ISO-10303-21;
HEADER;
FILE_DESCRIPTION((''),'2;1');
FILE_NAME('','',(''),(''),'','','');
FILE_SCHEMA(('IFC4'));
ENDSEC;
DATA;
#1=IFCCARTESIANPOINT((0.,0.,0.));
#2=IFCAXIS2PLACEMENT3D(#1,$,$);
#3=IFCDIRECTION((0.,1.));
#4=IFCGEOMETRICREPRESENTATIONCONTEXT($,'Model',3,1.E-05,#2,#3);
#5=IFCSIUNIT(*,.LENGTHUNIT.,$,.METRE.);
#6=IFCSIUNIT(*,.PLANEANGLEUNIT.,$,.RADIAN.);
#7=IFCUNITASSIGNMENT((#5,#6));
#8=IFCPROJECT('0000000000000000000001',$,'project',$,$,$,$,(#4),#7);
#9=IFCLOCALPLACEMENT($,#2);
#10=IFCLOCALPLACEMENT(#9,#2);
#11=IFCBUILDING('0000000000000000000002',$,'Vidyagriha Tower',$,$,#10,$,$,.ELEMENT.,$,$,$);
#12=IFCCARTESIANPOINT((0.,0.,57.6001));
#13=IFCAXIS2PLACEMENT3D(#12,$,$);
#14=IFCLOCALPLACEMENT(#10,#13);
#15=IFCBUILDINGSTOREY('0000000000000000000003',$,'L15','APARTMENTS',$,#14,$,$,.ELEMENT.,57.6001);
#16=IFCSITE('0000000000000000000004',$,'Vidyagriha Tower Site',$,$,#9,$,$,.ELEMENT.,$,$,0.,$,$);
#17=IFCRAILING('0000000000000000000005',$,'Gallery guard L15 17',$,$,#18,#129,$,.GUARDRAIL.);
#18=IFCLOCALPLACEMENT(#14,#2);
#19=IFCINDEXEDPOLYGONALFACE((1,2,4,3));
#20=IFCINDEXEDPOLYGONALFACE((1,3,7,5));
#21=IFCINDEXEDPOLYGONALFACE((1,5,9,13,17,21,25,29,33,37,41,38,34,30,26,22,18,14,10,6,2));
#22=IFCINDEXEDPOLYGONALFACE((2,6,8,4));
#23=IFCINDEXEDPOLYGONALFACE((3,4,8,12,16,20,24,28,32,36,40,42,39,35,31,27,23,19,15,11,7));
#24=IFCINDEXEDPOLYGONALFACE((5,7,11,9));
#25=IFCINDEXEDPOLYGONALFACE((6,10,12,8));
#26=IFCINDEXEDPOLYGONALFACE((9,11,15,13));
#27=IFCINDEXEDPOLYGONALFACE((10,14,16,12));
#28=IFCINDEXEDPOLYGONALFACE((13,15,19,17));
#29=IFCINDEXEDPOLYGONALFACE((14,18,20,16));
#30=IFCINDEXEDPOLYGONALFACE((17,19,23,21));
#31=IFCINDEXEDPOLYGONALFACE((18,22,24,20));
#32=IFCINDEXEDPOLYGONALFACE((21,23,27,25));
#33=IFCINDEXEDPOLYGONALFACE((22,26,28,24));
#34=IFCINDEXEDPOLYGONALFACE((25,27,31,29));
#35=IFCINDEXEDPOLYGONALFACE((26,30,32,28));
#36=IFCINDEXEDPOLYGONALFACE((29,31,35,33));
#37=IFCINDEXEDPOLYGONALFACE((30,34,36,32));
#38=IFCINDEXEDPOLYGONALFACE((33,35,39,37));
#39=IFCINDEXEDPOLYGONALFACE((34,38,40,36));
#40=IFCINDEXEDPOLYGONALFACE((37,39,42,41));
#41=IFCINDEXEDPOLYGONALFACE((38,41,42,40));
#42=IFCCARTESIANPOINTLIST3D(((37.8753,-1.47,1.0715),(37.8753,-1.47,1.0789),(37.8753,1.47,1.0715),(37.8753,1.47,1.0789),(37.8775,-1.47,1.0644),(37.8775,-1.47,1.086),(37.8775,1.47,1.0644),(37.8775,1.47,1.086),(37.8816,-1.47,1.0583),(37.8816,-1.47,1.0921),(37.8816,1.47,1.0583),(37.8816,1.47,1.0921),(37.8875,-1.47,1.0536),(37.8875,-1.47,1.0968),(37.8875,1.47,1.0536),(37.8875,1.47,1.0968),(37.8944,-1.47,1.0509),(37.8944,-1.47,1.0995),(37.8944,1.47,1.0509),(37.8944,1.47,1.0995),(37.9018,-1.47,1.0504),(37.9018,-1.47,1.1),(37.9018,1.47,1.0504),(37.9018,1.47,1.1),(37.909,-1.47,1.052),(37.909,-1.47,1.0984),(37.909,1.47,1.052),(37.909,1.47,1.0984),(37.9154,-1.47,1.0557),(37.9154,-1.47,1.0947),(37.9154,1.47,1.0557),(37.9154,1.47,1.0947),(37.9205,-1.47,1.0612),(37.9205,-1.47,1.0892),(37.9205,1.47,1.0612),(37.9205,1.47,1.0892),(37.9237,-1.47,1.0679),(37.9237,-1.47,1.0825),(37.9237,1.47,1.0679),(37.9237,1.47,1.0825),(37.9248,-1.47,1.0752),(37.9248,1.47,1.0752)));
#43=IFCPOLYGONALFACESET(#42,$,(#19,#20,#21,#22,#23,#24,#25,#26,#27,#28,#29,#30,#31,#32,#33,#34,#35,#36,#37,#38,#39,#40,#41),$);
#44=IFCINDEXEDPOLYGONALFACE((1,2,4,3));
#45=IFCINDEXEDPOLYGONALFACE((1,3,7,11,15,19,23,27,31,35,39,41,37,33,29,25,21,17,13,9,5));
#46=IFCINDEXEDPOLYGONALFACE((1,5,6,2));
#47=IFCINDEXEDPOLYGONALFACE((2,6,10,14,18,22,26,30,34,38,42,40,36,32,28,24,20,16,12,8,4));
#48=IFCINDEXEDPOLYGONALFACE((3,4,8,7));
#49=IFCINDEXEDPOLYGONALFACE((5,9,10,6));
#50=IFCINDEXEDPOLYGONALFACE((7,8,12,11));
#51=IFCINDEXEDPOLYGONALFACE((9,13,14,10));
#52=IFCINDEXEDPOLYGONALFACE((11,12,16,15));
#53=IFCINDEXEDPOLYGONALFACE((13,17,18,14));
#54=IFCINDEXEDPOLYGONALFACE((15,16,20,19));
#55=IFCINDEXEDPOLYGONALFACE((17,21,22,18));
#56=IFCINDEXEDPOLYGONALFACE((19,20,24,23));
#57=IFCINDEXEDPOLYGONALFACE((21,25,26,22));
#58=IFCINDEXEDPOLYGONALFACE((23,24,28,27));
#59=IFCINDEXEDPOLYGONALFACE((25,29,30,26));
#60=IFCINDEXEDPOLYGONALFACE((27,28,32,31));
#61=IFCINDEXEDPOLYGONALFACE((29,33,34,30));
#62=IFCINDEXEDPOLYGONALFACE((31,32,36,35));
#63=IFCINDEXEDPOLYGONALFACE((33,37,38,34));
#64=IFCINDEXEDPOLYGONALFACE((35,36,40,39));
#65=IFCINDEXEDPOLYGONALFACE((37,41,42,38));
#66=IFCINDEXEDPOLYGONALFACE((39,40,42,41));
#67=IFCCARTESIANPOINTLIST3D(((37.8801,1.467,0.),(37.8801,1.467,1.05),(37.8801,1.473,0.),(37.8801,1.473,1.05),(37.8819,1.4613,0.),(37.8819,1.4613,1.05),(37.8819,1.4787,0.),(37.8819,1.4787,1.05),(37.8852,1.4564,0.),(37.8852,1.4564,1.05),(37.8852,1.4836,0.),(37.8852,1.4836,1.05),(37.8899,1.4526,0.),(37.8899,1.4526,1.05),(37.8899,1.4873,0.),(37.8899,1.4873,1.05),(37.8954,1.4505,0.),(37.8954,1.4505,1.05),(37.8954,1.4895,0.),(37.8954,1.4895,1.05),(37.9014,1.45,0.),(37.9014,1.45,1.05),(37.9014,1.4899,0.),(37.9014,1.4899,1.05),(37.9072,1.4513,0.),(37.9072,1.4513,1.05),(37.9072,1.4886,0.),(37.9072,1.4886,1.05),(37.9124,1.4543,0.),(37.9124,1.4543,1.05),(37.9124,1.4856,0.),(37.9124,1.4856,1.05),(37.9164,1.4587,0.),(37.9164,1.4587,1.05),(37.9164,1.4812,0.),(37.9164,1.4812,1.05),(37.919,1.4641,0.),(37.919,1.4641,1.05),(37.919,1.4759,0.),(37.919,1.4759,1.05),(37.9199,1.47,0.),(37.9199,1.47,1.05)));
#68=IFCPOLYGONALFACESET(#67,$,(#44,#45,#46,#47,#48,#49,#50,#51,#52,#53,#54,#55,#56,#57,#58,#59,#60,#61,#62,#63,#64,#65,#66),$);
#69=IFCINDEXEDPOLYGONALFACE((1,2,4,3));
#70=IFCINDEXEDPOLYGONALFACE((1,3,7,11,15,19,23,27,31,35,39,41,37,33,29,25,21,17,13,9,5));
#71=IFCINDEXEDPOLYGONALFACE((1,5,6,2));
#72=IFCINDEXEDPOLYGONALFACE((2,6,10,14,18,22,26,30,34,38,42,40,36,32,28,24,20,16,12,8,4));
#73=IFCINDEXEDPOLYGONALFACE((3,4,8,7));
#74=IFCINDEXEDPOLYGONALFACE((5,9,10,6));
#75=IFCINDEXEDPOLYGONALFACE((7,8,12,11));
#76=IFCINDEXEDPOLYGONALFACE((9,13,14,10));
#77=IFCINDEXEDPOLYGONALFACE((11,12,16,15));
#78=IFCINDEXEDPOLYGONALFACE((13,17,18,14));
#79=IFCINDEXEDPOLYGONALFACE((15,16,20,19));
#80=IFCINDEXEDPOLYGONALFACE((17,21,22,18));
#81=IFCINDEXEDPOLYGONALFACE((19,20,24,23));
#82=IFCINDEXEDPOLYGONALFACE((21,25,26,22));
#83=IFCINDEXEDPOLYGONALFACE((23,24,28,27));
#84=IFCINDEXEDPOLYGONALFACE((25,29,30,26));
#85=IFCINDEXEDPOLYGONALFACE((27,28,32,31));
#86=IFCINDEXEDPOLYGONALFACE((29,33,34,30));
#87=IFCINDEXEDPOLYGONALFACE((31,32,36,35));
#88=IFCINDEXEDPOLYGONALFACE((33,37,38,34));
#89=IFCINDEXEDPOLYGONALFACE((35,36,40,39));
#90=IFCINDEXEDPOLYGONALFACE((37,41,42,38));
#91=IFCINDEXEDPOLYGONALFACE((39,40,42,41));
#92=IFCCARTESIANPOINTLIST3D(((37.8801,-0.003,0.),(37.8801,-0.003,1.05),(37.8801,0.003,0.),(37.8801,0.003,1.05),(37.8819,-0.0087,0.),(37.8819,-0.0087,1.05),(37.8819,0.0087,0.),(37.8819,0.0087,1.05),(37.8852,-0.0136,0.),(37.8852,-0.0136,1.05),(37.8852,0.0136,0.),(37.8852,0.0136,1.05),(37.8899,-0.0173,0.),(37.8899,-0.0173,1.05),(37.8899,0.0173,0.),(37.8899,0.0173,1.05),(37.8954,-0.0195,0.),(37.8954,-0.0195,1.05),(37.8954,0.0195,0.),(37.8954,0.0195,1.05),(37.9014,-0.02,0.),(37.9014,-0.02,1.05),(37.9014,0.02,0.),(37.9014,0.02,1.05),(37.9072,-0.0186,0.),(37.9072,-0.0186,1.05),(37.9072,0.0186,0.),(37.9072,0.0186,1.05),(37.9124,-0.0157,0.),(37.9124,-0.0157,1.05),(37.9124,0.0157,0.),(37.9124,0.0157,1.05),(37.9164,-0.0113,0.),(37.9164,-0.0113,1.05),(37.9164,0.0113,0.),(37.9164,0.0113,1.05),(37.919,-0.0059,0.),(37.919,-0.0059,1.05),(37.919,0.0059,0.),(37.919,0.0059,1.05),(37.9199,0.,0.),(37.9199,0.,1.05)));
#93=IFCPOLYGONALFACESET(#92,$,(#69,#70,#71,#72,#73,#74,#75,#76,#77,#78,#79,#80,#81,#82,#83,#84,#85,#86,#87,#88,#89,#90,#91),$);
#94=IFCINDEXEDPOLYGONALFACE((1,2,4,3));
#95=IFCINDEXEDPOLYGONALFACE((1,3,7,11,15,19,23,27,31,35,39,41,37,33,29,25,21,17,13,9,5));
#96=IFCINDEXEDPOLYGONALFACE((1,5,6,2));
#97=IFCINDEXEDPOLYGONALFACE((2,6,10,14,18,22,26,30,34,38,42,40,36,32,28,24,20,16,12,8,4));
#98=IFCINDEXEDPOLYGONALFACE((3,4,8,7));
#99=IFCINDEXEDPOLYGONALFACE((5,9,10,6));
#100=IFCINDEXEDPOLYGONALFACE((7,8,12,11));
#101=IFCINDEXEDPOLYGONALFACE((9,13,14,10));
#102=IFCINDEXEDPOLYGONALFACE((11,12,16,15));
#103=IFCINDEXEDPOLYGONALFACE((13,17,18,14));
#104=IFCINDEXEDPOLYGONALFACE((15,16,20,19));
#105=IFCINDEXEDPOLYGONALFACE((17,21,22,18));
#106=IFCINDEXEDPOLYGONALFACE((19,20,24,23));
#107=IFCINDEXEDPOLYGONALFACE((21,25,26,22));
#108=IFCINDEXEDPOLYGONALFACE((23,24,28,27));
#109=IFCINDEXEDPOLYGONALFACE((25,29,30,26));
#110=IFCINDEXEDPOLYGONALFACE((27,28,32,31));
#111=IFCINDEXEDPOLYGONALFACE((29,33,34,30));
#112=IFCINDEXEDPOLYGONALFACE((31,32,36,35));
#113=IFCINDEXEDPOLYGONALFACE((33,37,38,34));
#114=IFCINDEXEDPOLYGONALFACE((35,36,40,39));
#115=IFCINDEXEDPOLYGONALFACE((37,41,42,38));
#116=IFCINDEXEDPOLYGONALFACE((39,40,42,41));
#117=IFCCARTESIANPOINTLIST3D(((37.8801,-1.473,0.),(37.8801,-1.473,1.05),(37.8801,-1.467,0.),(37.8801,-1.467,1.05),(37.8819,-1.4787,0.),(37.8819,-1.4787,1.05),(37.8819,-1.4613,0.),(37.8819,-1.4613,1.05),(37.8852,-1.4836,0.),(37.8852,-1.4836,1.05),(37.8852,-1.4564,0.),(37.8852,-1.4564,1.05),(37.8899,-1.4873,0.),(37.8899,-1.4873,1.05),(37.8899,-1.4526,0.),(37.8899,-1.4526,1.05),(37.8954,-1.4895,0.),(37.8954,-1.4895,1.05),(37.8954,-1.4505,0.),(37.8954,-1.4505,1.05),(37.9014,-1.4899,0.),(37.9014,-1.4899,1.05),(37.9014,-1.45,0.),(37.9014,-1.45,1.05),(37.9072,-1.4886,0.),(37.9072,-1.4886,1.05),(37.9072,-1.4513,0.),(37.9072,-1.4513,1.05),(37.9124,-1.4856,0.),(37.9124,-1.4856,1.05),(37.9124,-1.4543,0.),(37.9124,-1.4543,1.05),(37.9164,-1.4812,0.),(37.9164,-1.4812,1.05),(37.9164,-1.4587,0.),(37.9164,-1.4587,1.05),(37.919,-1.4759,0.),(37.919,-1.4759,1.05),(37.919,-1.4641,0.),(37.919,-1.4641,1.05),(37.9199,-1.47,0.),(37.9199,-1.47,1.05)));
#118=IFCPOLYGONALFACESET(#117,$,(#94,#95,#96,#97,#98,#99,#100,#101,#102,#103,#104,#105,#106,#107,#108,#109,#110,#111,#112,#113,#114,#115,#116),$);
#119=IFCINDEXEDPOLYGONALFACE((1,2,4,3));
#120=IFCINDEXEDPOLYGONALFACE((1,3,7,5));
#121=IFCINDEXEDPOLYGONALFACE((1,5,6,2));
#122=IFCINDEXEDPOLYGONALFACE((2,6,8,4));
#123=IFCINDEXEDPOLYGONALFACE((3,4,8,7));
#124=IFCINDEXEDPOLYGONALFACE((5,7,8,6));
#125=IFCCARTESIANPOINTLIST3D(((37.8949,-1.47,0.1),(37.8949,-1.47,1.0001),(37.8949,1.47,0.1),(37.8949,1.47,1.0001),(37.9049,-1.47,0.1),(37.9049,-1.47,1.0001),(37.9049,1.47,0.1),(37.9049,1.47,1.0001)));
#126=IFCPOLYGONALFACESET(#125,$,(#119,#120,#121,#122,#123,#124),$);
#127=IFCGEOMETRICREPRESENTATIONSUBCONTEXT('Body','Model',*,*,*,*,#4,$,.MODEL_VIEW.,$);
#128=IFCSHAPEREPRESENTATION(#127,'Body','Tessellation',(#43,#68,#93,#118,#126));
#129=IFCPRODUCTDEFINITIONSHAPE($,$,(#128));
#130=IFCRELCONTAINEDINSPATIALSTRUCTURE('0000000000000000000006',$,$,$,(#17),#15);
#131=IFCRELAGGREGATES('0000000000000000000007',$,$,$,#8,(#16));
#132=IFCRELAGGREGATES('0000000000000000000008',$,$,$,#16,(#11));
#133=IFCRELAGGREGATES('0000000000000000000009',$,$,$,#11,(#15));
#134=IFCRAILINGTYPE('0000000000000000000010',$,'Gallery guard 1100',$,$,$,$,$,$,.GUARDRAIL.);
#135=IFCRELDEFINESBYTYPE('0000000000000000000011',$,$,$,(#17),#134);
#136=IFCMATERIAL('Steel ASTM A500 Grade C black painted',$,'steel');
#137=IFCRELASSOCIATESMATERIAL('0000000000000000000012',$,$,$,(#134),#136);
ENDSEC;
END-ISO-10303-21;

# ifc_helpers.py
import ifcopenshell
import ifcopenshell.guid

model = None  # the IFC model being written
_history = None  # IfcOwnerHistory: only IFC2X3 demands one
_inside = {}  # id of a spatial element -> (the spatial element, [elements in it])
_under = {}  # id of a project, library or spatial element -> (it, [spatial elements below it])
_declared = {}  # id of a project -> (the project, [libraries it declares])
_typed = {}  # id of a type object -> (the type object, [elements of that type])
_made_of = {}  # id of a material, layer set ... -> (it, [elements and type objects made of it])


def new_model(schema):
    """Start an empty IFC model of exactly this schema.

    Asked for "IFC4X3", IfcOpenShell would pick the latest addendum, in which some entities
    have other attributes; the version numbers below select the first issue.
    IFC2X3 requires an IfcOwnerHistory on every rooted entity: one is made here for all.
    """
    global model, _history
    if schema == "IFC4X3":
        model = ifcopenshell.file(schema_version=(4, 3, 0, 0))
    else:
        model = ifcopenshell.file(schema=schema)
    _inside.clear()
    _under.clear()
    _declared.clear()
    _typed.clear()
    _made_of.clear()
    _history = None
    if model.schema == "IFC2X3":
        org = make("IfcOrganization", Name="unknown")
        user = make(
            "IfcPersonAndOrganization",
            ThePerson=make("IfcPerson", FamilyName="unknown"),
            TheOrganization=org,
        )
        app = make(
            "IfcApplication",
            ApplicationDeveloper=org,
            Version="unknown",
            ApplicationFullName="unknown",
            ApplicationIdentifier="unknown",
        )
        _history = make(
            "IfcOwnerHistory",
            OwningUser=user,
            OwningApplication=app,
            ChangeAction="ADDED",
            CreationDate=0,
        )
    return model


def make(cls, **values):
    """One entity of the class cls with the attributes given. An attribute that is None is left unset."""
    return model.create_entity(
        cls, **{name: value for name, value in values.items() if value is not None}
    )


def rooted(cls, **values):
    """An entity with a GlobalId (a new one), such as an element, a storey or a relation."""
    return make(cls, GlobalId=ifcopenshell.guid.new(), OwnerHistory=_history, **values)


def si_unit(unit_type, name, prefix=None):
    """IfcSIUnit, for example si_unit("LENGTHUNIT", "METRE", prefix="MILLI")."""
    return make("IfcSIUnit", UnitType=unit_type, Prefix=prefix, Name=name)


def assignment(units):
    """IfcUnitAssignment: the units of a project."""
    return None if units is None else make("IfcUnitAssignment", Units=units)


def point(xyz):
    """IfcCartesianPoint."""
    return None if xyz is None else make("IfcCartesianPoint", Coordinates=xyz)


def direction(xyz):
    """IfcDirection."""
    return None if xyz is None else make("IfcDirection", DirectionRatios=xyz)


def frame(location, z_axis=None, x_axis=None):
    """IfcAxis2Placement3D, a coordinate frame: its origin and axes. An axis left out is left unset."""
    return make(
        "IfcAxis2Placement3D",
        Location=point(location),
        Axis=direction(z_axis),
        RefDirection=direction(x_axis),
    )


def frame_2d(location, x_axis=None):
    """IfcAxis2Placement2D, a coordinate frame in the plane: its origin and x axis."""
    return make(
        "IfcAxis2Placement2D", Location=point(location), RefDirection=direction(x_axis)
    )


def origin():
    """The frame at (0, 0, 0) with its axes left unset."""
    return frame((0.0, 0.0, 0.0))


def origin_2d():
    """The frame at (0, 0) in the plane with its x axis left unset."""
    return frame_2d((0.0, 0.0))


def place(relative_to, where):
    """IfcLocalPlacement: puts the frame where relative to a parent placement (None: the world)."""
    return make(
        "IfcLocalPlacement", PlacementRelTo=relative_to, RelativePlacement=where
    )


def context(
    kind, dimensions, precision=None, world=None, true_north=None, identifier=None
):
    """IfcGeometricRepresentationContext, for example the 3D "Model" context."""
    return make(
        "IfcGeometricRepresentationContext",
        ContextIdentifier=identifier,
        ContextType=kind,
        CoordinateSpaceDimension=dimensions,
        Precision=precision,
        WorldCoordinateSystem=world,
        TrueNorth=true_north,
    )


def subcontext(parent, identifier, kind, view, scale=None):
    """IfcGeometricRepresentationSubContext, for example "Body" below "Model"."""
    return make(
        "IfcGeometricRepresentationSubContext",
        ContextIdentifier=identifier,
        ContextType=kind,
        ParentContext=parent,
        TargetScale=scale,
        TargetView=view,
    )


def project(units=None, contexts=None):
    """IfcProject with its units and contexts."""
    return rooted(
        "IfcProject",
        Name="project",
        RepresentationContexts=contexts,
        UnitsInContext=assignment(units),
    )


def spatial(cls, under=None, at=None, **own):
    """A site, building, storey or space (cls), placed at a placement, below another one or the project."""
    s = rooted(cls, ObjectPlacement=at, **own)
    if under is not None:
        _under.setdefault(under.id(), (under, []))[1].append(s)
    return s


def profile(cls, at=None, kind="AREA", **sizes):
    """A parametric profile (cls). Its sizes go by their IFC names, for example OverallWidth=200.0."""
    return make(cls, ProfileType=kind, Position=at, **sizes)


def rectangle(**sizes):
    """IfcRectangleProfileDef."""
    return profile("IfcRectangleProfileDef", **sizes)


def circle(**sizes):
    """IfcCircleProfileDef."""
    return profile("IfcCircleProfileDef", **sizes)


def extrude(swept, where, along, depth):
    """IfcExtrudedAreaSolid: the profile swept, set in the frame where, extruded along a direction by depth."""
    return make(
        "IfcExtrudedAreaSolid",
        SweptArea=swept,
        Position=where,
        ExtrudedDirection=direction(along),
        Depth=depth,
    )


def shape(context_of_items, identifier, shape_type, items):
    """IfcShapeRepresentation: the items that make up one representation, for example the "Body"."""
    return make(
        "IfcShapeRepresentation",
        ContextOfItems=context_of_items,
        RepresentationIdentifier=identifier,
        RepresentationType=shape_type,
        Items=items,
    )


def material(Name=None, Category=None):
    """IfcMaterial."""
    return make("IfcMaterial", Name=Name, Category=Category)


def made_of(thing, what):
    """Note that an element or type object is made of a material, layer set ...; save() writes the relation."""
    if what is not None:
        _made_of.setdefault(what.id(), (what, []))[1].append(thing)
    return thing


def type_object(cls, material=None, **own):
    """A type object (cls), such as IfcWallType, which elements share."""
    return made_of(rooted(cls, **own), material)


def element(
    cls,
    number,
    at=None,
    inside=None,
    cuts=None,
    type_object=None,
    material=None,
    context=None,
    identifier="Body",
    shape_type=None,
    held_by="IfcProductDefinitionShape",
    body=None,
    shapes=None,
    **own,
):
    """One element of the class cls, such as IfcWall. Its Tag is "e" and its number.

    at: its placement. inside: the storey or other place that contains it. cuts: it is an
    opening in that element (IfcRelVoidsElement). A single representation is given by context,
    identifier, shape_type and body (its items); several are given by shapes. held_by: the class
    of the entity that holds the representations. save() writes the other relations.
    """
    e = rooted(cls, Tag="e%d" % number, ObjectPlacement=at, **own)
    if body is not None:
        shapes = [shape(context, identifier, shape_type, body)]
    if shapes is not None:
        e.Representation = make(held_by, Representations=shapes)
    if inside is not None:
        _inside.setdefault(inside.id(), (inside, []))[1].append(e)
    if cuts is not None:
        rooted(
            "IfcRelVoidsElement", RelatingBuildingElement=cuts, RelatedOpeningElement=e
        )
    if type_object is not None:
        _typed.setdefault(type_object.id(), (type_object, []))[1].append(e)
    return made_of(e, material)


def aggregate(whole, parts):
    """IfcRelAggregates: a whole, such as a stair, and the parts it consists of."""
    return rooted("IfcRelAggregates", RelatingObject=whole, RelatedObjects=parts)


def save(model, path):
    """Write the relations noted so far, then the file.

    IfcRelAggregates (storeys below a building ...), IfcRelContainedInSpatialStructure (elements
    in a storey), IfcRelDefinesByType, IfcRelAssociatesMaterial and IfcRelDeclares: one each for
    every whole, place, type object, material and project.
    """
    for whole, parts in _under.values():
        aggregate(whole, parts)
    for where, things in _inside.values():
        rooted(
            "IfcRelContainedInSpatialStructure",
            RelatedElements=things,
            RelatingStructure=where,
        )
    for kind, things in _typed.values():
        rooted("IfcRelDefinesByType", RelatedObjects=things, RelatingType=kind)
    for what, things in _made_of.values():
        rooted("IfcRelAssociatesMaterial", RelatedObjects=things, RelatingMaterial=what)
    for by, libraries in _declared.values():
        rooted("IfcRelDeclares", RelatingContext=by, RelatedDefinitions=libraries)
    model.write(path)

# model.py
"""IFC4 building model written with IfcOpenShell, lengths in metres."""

from ifc_helpers import new_model, si_unit, direction, frame, origin, origin_2d, place, context, subcontext, project, spatial, rectangle, circle, extrude, material, type_object, element, save


model = new_model("IFC4")

# Units and contexts
model_context = context("Model", 3, precision=1e-05, world=origin(), true_north=direction((0.0, 1.0)))
body_context = subcontext(model_context, "Body", "Model", "MODEL_VIEW")
ifc_project = project(units=[si_unit("LENGTHUNIT", "METRE"), si_unit("PLANEANGLEUNIT", "RADIAN")], contexts=[model_context])

# Site, building, storey
site_placement = place(None, origin())
site = spatial("IfcSite", under=ifc_project, at=site_placement, Name="Vidyagriha Tower Site", CompositionType="ELEMENT", RefElevation=0.0)
building_placement = place(site_placement, origin())
building = spatial("IfcBuilding", under=site, at=building_placement, Name="Vidyagriha Tower", CompositionType="ELEMENT")
storey_placement = place(building_placement, frame((0.0, 0.0, 57.6001)))
storey = spatial("IfcBuildingStorey", under=building, at=storey_placement, Name="L15", Description="APARTMENTS", CompositionType="ELEMENT", Elevation=57.6001)

# Railing
ifc_material_1 = material(Name="Steel ASTM A500 Grade C black painted", Category="steel")
railing_type_1 = type_object("IfcRailingType", Name="Gallery guard 1100", PredefinedType="GUARDRAIL", material=ifc_material_1)
railing_1_placement = place(storey_placement, frame((37.8999, 1.47, 0.0)))
element("IfcRailing", 1, at=railing_1_placement, inside=storey, type_object=railing_type_1, Name="Gallery guard L15 17", PredefinedType="GUARDRAIL", context=body_context, shape_type="SweptSolid", body=[
    extrude(circle(Radius=0.0249, at=origin_2d()), frame((0.0, 0.0, 1.0752), z_axis=(0.0, -1.0, 0.0), x_axis=(1.0, 0.0, 0.0)), (0.0, 0.0, 1.0), 2.9399),
    extrude(circle(Radius=0.02, at=origin_2d()), origin(), (0.0, 0.0, 1.0), 1.05),
    extrude(circle(Radius=0.02, at=origin_2d()), frame((0.0, -1.47, 0.0)), (0.0, 0.0, 1.0), 1.05),
    extrude(circle(Radius=0.02, at=origin_2d()), frame((0.0, -2.9399, 0.0)), (0.0, 0.0, 1.0), 1.05),
    extrude(rectangle(XDim=0.01, YDim=0.9001, at=origin_2d()), frame((0.0, 0.0, 0.55), z_axis=(0.0, -1.0, 0.0), x_axis=(1.0, 0.0, 0.0)), (0.0, 0.0, 1.0), 2.9399),
])

save(model, "model.ifc")
